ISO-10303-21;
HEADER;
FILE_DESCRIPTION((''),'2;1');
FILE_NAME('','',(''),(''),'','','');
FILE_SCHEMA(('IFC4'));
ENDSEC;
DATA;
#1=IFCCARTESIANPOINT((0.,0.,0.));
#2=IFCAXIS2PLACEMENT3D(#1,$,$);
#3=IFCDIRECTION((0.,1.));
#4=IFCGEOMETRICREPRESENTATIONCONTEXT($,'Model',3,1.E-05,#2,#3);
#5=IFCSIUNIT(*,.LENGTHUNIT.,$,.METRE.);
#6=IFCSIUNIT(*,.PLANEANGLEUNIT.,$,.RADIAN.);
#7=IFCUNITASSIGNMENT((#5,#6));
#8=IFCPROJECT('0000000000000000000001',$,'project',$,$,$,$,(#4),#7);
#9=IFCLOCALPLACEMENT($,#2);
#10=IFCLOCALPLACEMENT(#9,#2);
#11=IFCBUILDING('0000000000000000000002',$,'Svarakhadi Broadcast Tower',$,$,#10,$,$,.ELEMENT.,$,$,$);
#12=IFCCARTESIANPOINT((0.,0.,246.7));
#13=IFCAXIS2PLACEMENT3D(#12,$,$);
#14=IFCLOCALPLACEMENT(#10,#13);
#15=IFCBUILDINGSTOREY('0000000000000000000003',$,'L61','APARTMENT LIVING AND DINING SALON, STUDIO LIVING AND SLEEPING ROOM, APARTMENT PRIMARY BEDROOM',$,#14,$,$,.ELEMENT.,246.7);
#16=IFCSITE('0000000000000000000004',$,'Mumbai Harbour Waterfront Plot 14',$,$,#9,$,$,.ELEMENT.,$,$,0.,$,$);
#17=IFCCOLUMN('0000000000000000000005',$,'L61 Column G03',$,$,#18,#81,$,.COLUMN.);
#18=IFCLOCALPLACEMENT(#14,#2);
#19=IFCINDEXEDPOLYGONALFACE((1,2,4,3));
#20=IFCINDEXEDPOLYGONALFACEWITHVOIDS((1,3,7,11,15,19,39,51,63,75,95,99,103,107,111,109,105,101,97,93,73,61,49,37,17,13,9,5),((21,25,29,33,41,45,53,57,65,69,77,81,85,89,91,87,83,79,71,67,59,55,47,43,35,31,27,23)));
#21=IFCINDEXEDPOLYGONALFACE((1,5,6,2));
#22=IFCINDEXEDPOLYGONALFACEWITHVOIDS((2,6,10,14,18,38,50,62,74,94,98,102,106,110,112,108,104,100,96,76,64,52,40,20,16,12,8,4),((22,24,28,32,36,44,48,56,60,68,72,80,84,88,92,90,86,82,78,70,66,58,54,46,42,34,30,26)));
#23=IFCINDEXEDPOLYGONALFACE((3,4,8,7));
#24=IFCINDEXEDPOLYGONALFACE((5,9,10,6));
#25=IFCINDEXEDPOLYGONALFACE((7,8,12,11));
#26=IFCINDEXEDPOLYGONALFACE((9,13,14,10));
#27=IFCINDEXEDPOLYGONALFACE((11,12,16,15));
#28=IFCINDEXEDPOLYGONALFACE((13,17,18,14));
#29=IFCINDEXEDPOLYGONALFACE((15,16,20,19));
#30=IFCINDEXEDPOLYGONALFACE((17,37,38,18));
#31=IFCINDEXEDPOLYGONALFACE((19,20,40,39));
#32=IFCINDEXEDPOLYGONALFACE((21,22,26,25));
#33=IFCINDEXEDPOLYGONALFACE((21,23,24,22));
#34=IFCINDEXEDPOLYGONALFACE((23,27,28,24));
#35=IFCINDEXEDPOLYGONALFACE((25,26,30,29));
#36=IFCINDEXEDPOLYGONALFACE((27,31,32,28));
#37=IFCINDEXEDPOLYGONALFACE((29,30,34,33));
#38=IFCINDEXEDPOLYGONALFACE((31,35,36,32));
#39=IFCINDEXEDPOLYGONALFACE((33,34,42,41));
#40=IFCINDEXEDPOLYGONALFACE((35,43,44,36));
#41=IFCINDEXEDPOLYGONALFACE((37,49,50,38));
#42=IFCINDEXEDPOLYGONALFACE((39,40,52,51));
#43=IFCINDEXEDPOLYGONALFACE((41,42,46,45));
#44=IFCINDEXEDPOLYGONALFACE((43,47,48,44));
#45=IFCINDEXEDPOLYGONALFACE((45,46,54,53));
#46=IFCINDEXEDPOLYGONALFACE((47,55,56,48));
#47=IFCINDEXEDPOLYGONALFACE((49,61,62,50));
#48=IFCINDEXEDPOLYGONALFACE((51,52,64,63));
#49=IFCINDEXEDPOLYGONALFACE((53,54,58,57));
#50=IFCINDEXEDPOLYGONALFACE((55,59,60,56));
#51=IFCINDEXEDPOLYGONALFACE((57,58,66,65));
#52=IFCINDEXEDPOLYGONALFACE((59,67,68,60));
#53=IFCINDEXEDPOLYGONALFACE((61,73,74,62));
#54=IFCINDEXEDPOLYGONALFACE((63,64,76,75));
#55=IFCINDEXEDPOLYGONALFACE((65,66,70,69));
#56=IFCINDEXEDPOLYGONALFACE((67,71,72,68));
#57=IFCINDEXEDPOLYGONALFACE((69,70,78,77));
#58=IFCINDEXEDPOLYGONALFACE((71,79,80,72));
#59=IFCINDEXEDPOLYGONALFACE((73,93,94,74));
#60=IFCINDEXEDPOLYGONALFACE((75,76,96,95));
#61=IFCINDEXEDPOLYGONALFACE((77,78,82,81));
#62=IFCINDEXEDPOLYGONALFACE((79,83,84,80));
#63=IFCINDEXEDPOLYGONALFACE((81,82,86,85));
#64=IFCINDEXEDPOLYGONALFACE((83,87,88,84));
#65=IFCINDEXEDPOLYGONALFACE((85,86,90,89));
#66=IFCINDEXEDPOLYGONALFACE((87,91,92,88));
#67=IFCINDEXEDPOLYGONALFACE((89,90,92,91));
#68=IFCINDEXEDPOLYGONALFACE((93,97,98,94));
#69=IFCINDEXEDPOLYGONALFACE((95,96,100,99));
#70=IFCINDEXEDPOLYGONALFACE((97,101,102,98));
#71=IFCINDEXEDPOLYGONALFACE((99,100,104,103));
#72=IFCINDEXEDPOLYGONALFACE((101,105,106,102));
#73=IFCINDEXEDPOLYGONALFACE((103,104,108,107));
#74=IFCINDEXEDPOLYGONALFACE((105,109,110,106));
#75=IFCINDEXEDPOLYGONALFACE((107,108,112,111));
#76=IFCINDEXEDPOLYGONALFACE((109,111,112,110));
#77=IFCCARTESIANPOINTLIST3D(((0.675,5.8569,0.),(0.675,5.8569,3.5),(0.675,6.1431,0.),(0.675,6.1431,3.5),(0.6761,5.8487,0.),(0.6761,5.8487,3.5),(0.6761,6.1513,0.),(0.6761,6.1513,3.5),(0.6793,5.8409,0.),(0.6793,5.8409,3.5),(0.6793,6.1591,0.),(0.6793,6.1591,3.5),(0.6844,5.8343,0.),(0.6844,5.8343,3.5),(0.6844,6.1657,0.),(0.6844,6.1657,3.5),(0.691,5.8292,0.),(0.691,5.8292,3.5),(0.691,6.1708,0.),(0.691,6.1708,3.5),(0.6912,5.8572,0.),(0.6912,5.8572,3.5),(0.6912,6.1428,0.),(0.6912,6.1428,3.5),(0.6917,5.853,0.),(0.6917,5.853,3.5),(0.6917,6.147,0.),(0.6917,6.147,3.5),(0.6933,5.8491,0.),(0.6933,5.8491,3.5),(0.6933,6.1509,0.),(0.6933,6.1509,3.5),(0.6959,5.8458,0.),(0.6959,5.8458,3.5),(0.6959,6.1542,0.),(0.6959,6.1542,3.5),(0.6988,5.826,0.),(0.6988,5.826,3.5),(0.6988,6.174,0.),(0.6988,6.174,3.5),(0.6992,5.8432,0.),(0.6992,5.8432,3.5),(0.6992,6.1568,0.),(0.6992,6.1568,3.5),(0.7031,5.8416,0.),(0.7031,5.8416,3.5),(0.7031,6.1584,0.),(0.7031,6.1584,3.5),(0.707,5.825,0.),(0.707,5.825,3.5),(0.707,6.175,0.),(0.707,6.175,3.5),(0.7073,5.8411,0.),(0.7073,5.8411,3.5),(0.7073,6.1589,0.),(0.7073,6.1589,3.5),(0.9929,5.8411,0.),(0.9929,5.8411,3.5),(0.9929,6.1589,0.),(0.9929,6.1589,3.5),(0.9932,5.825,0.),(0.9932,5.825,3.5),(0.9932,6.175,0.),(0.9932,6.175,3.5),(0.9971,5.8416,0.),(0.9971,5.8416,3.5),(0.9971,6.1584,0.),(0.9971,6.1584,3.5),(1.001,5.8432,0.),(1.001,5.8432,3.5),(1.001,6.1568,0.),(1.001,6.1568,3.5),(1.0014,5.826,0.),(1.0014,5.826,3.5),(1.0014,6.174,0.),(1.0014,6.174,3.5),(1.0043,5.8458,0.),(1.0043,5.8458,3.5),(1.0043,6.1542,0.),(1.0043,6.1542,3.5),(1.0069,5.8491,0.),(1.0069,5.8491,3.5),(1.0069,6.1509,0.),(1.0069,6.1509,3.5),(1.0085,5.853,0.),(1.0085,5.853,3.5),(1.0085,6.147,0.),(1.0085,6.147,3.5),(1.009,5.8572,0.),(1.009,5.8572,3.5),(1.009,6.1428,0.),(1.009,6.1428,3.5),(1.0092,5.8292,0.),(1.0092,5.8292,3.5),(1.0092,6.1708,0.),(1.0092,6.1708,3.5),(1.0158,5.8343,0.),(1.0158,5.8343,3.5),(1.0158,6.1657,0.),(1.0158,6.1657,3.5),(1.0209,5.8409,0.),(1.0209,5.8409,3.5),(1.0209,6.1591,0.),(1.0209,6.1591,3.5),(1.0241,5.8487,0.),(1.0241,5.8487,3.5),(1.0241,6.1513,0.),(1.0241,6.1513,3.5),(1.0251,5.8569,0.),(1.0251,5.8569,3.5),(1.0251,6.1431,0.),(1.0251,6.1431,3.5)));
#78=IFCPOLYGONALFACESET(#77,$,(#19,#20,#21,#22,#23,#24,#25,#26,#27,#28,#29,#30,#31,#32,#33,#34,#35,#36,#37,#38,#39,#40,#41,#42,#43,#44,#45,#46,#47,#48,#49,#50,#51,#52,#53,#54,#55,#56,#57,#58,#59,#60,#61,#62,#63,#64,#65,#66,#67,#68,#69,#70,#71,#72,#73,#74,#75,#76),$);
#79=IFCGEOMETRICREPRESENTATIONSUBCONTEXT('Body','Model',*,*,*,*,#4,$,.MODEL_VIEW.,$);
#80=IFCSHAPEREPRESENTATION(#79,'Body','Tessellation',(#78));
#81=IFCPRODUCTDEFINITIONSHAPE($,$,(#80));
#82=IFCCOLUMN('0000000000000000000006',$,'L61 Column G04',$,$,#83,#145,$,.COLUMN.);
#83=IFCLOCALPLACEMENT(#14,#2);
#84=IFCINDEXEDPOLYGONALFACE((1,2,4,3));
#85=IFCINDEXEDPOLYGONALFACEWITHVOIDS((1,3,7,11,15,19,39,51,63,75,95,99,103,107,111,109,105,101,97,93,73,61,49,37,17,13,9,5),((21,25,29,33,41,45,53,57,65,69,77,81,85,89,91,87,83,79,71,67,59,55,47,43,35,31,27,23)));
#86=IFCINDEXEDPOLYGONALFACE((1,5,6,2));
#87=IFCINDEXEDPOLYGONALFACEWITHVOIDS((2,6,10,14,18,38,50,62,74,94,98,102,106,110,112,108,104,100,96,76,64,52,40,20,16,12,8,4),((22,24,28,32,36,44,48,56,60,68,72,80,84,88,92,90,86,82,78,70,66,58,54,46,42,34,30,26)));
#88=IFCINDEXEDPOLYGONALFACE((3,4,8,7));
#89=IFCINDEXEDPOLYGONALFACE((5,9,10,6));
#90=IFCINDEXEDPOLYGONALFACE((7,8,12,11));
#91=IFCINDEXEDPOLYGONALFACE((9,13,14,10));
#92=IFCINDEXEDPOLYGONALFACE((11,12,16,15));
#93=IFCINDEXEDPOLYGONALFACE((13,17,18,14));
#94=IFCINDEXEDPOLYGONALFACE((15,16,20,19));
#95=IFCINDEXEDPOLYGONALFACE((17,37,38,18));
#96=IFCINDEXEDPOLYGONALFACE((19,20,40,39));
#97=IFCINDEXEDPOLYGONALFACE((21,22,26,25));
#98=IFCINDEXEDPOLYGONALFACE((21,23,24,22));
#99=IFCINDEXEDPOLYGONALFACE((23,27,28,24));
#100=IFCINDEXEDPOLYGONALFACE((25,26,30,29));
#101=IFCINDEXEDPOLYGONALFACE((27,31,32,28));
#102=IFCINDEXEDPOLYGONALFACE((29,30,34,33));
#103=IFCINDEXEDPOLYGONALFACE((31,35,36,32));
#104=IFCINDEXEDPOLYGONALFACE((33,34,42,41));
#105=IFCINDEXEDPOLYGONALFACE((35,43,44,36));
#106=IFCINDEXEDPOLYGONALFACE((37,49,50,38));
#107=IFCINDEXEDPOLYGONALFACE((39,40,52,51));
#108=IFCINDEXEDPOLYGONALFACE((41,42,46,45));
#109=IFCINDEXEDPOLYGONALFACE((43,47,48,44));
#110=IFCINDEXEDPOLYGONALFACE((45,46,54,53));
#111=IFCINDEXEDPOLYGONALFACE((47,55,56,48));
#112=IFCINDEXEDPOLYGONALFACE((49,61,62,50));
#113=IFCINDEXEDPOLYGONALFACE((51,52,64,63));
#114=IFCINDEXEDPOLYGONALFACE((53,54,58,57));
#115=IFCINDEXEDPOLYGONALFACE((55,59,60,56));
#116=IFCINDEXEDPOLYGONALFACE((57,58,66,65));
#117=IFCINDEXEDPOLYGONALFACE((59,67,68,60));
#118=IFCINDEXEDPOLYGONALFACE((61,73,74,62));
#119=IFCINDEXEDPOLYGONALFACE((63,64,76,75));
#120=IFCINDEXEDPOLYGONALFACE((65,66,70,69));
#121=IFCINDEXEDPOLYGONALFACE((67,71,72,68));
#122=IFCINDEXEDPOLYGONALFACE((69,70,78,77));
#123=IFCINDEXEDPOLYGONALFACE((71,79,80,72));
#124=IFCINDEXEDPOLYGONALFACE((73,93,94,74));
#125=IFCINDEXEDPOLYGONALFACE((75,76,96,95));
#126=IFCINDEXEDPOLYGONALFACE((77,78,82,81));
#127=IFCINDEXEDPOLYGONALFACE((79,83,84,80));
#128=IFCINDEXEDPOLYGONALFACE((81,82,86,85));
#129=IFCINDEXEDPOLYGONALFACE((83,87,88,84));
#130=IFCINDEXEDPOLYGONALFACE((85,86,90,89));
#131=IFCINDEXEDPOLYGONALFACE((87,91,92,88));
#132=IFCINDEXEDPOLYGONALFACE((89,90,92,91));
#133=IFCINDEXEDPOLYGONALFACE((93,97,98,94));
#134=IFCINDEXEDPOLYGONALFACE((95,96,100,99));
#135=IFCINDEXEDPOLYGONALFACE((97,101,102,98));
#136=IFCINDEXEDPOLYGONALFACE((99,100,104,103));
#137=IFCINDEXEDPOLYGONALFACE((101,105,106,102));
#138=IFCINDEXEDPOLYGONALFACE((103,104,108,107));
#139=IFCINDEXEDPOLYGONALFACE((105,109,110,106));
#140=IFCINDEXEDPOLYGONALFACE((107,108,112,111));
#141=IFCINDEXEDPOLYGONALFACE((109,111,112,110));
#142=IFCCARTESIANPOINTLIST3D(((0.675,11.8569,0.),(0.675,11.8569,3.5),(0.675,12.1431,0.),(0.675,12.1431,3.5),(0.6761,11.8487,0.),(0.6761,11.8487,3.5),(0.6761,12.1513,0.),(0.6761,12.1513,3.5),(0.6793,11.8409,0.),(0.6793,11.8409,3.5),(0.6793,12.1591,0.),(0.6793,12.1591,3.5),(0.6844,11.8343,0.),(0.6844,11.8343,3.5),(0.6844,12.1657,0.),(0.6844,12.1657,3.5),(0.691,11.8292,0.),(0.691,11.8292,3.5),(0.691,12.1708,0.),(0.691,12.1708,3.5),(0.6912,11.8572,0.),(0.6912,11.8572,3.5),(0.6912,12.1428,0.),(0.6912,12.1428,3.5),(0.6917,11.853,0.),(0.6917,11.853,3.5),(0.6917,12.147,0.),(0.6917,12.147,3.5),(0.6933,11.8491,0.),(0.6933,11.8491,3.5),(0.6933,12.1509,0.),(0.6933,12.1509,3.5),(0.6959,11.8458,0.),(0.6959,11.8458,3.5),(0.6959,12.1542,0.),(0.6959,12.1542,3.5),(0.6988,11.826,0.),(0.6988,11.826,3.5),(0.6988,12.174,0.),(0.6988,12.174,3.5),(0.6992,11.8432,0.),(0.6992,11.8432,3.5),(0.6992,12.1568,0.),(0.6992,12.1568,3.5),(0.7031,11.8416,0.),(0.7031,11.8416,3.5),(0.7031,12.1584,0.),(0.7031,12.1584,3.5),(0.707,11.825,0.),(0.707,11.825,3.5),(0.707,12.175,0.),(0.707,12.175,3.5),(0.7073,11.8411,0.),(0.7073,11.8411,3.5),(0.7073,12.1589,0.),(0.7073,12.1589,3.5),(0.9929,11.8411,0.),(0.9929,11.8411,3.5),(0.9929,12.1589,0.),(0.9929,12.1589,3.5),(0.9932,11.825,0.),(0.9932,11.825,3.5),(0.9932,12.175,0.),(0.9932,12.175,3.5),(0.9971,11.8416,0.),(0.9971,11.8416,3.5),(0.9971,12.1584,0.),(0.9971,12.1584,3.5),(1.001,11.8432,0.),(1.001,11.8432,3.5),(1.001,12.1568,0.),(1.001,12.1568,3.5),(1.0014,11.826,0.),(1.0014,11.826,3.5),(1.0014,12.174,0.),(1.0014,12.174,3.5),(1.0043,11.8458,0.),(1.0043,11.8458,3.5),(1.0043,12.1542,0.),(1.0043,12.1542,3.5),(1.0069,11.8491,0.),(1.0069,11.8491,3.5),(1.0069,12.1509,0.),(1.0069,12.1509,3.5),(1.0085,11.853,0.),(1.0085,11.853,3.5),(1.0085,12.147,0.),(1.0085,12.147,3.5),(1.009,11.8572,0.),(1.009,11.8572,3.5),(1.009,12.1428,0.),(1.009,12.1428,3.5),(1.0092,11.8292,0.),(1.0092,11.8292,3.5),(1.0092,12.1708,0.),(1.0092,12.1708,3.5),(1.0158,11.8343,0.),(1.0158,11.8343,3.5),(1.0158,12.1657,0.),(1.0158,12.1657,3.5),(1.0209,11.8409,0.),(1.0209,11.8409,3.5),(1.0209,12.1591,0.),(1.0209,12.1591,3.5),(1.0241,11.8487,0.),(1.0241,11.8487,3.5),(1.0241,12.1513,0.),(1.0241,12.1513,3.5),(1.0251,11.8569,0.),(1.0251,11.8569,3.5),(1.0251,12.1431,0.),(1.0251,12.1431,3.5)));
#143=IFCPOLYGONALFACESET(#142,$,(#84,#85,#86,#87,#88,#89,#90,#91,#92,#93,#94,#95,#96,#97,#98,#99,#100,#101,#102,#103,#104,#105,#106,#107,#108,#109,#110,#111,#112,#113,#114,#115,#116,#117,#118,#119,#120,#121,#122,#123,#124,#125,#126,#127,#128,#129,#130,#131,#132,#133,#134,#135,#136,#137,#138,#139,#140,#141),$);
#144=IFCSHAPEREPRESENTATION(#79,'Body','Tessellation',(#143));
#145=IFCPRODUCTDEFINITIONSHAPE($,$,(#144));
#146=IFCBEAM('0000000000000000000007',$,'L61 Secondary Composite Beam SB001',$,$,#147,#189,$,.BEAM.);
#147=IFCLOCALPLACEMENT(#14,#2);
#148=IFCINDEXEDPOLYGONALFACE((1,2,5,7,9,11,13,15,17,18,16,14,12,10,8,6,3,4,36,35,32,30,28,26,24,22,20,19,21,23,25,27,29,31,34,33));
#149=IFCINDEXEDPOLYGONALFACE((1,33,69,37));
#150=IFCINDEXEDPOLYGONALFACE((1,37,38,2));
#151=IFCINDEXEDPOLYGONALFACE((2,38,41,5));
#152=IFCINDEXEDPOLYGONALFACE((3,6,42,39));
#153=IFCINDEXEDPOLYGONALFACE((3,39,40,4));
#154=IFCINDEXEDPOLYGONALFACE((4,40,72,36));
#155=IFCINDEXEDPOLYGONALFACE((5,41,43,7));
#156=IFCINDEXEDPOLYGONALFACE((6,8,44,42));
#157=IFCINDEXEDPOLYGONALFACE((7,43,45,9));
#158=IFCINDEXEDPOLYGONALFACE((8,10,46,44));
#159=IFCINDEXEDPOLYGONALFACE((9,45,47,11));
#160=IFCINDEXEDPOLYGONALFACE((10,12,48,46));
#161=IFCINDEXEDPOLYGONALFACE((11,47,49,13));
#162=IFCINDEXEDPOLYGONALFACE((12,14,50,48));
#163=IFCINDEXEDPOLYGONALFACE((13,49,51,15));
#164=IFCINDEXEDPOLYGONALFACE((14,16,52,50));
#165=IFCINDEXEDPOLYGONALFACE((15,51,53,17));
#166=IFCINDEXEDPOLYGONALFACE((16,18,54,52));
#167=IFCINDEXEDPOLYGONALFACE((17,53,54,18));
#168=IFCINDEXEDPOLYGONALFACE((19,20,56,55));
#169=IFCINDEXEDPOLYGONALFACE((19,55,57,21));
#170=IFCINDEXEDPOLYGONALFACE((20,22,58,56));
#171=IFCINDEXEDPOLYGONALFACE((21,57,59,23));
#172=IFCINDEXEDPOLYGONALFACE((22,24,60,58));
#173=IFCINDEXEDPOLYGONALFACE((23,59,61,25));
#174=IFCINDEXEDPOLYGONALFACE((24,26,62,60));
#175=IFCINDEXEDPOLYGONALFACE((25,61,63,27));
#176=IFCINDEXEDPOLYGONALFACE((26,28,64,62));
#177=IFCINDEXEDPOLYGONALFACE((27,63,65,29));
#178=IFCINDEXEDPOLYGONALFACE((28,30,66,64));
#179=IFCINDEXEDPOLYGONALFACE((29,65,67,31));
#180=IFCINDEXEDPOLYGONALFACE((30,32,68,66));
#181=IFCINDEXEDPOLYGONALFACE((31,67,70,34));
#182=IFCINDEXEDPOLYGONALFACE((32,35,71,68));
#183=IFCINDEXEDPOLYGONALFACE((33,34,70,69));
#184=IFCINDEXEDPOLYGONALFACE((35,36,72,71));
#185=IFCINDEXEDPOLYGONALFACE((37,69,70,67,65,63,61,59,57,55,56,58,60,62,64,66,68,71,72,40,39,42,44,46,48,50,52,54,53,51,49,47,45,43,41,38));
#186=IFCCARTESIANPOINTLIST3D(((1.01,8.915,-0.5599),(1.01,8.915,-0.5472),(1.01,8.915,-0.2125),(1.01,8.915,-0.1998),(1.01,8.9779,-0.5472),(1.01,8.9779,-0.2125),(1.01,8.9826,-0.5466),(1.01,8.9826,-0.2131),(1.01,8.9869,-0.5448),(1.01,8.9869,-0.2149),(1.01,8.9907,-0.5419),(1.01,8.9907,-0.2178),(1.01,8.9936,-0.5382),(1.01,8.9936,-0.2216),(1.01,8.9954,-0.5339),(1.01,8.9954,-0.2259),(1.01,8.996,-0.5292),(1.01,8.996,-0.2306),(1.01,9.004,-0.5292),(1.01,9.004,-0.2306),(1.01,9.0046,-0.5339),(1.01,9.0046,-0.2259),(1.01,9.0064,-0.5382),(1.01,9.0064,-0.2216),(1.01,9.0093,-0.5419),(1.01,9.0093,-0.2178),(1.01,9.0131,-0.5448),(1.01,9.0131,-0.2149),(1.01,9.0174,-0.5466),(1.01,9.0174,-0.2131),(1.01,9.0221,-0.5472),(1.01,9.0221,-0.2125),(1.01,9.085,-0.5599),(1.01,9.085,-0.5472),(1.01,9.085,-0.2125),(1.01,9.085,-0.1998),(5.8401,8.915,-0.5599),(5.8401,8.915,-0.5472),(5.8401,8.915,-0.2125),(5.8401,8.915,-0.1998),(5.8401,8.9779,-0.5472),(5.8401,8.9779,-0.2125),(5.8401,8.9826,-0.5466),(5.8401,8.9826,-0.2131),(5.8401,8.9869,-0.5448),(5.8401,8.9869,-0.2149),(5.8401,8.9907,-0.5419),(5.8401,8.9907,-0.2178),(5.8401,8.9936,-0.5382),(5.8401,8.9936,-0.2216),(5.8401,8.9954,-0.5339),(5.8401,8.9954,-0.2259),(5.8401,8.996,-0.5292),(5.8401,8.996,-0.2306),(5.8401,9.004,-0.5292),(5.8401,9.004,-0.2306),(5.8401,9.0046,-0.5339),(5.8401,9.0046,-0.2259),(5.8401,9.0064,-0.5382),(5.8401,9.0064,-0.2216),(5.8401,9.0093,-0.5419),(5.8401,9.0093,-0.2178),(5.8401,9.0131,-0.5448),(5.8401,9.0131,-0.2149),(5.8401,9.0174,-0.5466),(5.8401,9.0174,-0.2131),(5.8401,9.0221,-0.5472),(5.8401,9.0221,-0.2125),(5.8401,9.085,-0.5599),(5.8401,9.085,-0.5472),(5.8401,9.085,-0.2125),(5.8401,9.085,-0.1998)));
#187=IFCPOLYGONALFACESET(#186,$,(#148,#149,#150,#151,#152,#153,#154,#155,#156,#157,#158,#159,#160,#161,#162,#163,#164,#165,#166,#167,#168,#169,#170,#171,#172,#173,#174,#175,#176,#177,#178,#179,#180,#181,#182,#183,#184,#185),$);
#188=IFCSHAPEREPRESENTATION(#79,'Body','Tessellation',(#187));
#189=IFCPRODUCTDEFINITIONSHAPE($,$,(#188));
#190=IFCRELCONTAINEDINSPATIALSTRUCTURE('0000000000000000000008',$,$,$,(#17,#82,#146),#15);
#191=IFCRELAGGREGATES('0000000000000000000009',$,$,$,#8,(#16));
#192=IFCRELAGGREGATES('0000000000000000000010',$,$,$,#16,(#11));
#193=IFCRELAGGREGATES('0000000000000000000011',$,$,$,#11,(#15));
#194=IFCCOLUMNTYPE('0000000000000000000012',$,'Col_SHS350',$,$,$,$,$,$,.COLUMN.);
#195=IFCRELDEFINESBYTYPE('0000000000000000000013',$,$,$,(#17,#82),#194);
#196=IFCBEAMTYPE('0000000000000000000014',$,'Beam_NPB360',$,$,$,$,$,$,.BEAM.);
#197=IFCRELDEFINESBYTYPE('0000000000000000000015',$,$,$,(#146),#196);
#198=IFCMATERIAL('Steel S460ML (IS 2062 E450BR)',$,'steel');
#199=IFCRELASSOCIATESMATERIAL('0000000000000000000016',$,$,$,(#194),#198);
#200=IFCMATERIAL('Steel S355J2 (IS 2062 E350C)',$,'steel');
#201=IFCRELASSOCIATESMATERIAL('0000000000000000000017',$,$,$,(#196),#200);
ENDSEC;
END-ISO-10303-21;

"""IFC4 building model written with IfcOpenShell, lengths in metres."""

from ifc_helpers import new_model, si_unit, direction, frame, origin, origin_2d, place, context, subcontext, project, spatial, hollow_rectangle, i_section, extrude, material, material_profile, profile_set, type_object, element, save


model = new_model("IFC4")

# Units and contexts
model_context = context("Model", 3, precision=1e-05, world=origin(), true_north=direction((0.0, 1.0)))
body_context = subcontext(model_context, "Body", "Model", "MODEL_VIEW")
ifc_project = project(units=[si_unit("LENGTHUNIT", "METRE"), si_unit("PLANEANGLEUNIT", "RADIAN")], contexts=[model_context])

# Site, building, storey
site_placement = place(None, origin())
site = spatial("IfcSite", under=ifc_project, at=site_placement, Name="Mumbai Harbour Waterfront Plot 14", CompositionType="ELEMENT", RefElevation=0.0)
building_placement = place(site_placement, origin())
building = spatial("IfcBuilding", under=site, at=building_placement, Name="Svarakhadi Broadcast Tower", CompositionType="ELEMENT")
storey_placement = place(building_placement, frame((0.0, 0.0, 246.7)))
storey = spatial("IfcBuildingStorey", under=building, at=storey_placement, Name="L61", Description="APARTMENT LIVING AND DINING SALON, STUDIO LIVING AND SLEEPING ROOM, APARTMENT PRIMARY BEDROOM", CompositionType="ELEMENT", Elevation=246.7)

# Columns
ifc_material_1 = material(Name="Steel S460ML (IS 2062 E450BR)", Category="steel")
ifc_material_profile_1 = material_profile(ifc_material_1, hollow_rectangle(XDim=0.3501, YDim=0.3501, WallThickness=0.0161, InnerFilletRadius=0.0161, OuterFilletRadius=0.032, at=origin_2d()), Name="SHS 350x350x16")
ifc_profile_set_1 = profile_set([ifc_material_profile_1], Name="Steel S460ML (IS 2062 E450BR)")
column_type = type_object("IfcColumnType", Name="Col_SHS350", PredefinedType="COLUMN", material=ifc_profile_set_1)
for number, where, z_axis, x_axis, name in (
    (1, (0.8501, 6.0, 0.0), (0.0, 0.0, 1.0), (1.0, 0.0, 0.0), "L61 Column G03"),
    (2, (0.8501, 12.0, 0.0), (0.0, 0.0, 1.0), (1.0, 0.0, 0.0), "L61 Column G04"),
):
    element("IfcColumn", number, at=place(storey_placement, frame(where, z_axis=z_axis, x_axis=x_axis)), inside=storey, type_object=column_type, Name=name, PredefinedType="COLUMN", context=body_context, shape_type="SweptSolid", body=[
        extrude(hollow_rectangle(XDim=0.3501, YDim=0.3501, WallThickness=0.0161, InnerFilletRadius=0.0161, OuterFilletRadius=0.032, at=origin_2d()), origin(), (0.0, 0.0, 1.0), 3.5),
    ])

# Beam
ifc_material_2 = material(Name="Steel S355J2 (IS 2062 E350C)", Category="steel")
ifc_material_profile_2 = material_profile(ifc_material_2, i_section(OverallWidth=0.1699, OverallDepth=0.3601, WebThickness=0.0081, FlangeThickness=0.0127, FilletRadius=0.0181, at=origin_2d()), Name="NPB 360x170x57")
ifc_profile_set_2 = profile_set([ifc_material_profile_2], Name="Steel S355J2 (IS 2062 E350C)")
beam_type_1 = type_object("IfcBeamType", Name="Beam_NPB360", PredefinedType="BEAM", material=ifc_profile_set_2)
beam_placement = place(storey_placement, frame((1.01, 9.0, -0.3799), z_axis=(1.0, 0.0, 0.0), x_axis=(0.0, 1.0, 0.0)))
element("IfcBeam", 3, at=beam_placement, inside=storey, type_object=beam_type_1, Name="L61 Secondary Composite Beam SB001", PredefinedType="BEAM", context=body_context, shape_type="SweptSolid", body=[
    extrude(i_section(OverallWidth=0.1699, OverallDepth=0.3601, WebThickness=0.0081, FlangeThickness=0.0127, FilletRadius=0.0181, at=origin_2d()), origin(), (0.0, 0.0, 1.0), 4.8301),
])

save(model, "model.ifc")
